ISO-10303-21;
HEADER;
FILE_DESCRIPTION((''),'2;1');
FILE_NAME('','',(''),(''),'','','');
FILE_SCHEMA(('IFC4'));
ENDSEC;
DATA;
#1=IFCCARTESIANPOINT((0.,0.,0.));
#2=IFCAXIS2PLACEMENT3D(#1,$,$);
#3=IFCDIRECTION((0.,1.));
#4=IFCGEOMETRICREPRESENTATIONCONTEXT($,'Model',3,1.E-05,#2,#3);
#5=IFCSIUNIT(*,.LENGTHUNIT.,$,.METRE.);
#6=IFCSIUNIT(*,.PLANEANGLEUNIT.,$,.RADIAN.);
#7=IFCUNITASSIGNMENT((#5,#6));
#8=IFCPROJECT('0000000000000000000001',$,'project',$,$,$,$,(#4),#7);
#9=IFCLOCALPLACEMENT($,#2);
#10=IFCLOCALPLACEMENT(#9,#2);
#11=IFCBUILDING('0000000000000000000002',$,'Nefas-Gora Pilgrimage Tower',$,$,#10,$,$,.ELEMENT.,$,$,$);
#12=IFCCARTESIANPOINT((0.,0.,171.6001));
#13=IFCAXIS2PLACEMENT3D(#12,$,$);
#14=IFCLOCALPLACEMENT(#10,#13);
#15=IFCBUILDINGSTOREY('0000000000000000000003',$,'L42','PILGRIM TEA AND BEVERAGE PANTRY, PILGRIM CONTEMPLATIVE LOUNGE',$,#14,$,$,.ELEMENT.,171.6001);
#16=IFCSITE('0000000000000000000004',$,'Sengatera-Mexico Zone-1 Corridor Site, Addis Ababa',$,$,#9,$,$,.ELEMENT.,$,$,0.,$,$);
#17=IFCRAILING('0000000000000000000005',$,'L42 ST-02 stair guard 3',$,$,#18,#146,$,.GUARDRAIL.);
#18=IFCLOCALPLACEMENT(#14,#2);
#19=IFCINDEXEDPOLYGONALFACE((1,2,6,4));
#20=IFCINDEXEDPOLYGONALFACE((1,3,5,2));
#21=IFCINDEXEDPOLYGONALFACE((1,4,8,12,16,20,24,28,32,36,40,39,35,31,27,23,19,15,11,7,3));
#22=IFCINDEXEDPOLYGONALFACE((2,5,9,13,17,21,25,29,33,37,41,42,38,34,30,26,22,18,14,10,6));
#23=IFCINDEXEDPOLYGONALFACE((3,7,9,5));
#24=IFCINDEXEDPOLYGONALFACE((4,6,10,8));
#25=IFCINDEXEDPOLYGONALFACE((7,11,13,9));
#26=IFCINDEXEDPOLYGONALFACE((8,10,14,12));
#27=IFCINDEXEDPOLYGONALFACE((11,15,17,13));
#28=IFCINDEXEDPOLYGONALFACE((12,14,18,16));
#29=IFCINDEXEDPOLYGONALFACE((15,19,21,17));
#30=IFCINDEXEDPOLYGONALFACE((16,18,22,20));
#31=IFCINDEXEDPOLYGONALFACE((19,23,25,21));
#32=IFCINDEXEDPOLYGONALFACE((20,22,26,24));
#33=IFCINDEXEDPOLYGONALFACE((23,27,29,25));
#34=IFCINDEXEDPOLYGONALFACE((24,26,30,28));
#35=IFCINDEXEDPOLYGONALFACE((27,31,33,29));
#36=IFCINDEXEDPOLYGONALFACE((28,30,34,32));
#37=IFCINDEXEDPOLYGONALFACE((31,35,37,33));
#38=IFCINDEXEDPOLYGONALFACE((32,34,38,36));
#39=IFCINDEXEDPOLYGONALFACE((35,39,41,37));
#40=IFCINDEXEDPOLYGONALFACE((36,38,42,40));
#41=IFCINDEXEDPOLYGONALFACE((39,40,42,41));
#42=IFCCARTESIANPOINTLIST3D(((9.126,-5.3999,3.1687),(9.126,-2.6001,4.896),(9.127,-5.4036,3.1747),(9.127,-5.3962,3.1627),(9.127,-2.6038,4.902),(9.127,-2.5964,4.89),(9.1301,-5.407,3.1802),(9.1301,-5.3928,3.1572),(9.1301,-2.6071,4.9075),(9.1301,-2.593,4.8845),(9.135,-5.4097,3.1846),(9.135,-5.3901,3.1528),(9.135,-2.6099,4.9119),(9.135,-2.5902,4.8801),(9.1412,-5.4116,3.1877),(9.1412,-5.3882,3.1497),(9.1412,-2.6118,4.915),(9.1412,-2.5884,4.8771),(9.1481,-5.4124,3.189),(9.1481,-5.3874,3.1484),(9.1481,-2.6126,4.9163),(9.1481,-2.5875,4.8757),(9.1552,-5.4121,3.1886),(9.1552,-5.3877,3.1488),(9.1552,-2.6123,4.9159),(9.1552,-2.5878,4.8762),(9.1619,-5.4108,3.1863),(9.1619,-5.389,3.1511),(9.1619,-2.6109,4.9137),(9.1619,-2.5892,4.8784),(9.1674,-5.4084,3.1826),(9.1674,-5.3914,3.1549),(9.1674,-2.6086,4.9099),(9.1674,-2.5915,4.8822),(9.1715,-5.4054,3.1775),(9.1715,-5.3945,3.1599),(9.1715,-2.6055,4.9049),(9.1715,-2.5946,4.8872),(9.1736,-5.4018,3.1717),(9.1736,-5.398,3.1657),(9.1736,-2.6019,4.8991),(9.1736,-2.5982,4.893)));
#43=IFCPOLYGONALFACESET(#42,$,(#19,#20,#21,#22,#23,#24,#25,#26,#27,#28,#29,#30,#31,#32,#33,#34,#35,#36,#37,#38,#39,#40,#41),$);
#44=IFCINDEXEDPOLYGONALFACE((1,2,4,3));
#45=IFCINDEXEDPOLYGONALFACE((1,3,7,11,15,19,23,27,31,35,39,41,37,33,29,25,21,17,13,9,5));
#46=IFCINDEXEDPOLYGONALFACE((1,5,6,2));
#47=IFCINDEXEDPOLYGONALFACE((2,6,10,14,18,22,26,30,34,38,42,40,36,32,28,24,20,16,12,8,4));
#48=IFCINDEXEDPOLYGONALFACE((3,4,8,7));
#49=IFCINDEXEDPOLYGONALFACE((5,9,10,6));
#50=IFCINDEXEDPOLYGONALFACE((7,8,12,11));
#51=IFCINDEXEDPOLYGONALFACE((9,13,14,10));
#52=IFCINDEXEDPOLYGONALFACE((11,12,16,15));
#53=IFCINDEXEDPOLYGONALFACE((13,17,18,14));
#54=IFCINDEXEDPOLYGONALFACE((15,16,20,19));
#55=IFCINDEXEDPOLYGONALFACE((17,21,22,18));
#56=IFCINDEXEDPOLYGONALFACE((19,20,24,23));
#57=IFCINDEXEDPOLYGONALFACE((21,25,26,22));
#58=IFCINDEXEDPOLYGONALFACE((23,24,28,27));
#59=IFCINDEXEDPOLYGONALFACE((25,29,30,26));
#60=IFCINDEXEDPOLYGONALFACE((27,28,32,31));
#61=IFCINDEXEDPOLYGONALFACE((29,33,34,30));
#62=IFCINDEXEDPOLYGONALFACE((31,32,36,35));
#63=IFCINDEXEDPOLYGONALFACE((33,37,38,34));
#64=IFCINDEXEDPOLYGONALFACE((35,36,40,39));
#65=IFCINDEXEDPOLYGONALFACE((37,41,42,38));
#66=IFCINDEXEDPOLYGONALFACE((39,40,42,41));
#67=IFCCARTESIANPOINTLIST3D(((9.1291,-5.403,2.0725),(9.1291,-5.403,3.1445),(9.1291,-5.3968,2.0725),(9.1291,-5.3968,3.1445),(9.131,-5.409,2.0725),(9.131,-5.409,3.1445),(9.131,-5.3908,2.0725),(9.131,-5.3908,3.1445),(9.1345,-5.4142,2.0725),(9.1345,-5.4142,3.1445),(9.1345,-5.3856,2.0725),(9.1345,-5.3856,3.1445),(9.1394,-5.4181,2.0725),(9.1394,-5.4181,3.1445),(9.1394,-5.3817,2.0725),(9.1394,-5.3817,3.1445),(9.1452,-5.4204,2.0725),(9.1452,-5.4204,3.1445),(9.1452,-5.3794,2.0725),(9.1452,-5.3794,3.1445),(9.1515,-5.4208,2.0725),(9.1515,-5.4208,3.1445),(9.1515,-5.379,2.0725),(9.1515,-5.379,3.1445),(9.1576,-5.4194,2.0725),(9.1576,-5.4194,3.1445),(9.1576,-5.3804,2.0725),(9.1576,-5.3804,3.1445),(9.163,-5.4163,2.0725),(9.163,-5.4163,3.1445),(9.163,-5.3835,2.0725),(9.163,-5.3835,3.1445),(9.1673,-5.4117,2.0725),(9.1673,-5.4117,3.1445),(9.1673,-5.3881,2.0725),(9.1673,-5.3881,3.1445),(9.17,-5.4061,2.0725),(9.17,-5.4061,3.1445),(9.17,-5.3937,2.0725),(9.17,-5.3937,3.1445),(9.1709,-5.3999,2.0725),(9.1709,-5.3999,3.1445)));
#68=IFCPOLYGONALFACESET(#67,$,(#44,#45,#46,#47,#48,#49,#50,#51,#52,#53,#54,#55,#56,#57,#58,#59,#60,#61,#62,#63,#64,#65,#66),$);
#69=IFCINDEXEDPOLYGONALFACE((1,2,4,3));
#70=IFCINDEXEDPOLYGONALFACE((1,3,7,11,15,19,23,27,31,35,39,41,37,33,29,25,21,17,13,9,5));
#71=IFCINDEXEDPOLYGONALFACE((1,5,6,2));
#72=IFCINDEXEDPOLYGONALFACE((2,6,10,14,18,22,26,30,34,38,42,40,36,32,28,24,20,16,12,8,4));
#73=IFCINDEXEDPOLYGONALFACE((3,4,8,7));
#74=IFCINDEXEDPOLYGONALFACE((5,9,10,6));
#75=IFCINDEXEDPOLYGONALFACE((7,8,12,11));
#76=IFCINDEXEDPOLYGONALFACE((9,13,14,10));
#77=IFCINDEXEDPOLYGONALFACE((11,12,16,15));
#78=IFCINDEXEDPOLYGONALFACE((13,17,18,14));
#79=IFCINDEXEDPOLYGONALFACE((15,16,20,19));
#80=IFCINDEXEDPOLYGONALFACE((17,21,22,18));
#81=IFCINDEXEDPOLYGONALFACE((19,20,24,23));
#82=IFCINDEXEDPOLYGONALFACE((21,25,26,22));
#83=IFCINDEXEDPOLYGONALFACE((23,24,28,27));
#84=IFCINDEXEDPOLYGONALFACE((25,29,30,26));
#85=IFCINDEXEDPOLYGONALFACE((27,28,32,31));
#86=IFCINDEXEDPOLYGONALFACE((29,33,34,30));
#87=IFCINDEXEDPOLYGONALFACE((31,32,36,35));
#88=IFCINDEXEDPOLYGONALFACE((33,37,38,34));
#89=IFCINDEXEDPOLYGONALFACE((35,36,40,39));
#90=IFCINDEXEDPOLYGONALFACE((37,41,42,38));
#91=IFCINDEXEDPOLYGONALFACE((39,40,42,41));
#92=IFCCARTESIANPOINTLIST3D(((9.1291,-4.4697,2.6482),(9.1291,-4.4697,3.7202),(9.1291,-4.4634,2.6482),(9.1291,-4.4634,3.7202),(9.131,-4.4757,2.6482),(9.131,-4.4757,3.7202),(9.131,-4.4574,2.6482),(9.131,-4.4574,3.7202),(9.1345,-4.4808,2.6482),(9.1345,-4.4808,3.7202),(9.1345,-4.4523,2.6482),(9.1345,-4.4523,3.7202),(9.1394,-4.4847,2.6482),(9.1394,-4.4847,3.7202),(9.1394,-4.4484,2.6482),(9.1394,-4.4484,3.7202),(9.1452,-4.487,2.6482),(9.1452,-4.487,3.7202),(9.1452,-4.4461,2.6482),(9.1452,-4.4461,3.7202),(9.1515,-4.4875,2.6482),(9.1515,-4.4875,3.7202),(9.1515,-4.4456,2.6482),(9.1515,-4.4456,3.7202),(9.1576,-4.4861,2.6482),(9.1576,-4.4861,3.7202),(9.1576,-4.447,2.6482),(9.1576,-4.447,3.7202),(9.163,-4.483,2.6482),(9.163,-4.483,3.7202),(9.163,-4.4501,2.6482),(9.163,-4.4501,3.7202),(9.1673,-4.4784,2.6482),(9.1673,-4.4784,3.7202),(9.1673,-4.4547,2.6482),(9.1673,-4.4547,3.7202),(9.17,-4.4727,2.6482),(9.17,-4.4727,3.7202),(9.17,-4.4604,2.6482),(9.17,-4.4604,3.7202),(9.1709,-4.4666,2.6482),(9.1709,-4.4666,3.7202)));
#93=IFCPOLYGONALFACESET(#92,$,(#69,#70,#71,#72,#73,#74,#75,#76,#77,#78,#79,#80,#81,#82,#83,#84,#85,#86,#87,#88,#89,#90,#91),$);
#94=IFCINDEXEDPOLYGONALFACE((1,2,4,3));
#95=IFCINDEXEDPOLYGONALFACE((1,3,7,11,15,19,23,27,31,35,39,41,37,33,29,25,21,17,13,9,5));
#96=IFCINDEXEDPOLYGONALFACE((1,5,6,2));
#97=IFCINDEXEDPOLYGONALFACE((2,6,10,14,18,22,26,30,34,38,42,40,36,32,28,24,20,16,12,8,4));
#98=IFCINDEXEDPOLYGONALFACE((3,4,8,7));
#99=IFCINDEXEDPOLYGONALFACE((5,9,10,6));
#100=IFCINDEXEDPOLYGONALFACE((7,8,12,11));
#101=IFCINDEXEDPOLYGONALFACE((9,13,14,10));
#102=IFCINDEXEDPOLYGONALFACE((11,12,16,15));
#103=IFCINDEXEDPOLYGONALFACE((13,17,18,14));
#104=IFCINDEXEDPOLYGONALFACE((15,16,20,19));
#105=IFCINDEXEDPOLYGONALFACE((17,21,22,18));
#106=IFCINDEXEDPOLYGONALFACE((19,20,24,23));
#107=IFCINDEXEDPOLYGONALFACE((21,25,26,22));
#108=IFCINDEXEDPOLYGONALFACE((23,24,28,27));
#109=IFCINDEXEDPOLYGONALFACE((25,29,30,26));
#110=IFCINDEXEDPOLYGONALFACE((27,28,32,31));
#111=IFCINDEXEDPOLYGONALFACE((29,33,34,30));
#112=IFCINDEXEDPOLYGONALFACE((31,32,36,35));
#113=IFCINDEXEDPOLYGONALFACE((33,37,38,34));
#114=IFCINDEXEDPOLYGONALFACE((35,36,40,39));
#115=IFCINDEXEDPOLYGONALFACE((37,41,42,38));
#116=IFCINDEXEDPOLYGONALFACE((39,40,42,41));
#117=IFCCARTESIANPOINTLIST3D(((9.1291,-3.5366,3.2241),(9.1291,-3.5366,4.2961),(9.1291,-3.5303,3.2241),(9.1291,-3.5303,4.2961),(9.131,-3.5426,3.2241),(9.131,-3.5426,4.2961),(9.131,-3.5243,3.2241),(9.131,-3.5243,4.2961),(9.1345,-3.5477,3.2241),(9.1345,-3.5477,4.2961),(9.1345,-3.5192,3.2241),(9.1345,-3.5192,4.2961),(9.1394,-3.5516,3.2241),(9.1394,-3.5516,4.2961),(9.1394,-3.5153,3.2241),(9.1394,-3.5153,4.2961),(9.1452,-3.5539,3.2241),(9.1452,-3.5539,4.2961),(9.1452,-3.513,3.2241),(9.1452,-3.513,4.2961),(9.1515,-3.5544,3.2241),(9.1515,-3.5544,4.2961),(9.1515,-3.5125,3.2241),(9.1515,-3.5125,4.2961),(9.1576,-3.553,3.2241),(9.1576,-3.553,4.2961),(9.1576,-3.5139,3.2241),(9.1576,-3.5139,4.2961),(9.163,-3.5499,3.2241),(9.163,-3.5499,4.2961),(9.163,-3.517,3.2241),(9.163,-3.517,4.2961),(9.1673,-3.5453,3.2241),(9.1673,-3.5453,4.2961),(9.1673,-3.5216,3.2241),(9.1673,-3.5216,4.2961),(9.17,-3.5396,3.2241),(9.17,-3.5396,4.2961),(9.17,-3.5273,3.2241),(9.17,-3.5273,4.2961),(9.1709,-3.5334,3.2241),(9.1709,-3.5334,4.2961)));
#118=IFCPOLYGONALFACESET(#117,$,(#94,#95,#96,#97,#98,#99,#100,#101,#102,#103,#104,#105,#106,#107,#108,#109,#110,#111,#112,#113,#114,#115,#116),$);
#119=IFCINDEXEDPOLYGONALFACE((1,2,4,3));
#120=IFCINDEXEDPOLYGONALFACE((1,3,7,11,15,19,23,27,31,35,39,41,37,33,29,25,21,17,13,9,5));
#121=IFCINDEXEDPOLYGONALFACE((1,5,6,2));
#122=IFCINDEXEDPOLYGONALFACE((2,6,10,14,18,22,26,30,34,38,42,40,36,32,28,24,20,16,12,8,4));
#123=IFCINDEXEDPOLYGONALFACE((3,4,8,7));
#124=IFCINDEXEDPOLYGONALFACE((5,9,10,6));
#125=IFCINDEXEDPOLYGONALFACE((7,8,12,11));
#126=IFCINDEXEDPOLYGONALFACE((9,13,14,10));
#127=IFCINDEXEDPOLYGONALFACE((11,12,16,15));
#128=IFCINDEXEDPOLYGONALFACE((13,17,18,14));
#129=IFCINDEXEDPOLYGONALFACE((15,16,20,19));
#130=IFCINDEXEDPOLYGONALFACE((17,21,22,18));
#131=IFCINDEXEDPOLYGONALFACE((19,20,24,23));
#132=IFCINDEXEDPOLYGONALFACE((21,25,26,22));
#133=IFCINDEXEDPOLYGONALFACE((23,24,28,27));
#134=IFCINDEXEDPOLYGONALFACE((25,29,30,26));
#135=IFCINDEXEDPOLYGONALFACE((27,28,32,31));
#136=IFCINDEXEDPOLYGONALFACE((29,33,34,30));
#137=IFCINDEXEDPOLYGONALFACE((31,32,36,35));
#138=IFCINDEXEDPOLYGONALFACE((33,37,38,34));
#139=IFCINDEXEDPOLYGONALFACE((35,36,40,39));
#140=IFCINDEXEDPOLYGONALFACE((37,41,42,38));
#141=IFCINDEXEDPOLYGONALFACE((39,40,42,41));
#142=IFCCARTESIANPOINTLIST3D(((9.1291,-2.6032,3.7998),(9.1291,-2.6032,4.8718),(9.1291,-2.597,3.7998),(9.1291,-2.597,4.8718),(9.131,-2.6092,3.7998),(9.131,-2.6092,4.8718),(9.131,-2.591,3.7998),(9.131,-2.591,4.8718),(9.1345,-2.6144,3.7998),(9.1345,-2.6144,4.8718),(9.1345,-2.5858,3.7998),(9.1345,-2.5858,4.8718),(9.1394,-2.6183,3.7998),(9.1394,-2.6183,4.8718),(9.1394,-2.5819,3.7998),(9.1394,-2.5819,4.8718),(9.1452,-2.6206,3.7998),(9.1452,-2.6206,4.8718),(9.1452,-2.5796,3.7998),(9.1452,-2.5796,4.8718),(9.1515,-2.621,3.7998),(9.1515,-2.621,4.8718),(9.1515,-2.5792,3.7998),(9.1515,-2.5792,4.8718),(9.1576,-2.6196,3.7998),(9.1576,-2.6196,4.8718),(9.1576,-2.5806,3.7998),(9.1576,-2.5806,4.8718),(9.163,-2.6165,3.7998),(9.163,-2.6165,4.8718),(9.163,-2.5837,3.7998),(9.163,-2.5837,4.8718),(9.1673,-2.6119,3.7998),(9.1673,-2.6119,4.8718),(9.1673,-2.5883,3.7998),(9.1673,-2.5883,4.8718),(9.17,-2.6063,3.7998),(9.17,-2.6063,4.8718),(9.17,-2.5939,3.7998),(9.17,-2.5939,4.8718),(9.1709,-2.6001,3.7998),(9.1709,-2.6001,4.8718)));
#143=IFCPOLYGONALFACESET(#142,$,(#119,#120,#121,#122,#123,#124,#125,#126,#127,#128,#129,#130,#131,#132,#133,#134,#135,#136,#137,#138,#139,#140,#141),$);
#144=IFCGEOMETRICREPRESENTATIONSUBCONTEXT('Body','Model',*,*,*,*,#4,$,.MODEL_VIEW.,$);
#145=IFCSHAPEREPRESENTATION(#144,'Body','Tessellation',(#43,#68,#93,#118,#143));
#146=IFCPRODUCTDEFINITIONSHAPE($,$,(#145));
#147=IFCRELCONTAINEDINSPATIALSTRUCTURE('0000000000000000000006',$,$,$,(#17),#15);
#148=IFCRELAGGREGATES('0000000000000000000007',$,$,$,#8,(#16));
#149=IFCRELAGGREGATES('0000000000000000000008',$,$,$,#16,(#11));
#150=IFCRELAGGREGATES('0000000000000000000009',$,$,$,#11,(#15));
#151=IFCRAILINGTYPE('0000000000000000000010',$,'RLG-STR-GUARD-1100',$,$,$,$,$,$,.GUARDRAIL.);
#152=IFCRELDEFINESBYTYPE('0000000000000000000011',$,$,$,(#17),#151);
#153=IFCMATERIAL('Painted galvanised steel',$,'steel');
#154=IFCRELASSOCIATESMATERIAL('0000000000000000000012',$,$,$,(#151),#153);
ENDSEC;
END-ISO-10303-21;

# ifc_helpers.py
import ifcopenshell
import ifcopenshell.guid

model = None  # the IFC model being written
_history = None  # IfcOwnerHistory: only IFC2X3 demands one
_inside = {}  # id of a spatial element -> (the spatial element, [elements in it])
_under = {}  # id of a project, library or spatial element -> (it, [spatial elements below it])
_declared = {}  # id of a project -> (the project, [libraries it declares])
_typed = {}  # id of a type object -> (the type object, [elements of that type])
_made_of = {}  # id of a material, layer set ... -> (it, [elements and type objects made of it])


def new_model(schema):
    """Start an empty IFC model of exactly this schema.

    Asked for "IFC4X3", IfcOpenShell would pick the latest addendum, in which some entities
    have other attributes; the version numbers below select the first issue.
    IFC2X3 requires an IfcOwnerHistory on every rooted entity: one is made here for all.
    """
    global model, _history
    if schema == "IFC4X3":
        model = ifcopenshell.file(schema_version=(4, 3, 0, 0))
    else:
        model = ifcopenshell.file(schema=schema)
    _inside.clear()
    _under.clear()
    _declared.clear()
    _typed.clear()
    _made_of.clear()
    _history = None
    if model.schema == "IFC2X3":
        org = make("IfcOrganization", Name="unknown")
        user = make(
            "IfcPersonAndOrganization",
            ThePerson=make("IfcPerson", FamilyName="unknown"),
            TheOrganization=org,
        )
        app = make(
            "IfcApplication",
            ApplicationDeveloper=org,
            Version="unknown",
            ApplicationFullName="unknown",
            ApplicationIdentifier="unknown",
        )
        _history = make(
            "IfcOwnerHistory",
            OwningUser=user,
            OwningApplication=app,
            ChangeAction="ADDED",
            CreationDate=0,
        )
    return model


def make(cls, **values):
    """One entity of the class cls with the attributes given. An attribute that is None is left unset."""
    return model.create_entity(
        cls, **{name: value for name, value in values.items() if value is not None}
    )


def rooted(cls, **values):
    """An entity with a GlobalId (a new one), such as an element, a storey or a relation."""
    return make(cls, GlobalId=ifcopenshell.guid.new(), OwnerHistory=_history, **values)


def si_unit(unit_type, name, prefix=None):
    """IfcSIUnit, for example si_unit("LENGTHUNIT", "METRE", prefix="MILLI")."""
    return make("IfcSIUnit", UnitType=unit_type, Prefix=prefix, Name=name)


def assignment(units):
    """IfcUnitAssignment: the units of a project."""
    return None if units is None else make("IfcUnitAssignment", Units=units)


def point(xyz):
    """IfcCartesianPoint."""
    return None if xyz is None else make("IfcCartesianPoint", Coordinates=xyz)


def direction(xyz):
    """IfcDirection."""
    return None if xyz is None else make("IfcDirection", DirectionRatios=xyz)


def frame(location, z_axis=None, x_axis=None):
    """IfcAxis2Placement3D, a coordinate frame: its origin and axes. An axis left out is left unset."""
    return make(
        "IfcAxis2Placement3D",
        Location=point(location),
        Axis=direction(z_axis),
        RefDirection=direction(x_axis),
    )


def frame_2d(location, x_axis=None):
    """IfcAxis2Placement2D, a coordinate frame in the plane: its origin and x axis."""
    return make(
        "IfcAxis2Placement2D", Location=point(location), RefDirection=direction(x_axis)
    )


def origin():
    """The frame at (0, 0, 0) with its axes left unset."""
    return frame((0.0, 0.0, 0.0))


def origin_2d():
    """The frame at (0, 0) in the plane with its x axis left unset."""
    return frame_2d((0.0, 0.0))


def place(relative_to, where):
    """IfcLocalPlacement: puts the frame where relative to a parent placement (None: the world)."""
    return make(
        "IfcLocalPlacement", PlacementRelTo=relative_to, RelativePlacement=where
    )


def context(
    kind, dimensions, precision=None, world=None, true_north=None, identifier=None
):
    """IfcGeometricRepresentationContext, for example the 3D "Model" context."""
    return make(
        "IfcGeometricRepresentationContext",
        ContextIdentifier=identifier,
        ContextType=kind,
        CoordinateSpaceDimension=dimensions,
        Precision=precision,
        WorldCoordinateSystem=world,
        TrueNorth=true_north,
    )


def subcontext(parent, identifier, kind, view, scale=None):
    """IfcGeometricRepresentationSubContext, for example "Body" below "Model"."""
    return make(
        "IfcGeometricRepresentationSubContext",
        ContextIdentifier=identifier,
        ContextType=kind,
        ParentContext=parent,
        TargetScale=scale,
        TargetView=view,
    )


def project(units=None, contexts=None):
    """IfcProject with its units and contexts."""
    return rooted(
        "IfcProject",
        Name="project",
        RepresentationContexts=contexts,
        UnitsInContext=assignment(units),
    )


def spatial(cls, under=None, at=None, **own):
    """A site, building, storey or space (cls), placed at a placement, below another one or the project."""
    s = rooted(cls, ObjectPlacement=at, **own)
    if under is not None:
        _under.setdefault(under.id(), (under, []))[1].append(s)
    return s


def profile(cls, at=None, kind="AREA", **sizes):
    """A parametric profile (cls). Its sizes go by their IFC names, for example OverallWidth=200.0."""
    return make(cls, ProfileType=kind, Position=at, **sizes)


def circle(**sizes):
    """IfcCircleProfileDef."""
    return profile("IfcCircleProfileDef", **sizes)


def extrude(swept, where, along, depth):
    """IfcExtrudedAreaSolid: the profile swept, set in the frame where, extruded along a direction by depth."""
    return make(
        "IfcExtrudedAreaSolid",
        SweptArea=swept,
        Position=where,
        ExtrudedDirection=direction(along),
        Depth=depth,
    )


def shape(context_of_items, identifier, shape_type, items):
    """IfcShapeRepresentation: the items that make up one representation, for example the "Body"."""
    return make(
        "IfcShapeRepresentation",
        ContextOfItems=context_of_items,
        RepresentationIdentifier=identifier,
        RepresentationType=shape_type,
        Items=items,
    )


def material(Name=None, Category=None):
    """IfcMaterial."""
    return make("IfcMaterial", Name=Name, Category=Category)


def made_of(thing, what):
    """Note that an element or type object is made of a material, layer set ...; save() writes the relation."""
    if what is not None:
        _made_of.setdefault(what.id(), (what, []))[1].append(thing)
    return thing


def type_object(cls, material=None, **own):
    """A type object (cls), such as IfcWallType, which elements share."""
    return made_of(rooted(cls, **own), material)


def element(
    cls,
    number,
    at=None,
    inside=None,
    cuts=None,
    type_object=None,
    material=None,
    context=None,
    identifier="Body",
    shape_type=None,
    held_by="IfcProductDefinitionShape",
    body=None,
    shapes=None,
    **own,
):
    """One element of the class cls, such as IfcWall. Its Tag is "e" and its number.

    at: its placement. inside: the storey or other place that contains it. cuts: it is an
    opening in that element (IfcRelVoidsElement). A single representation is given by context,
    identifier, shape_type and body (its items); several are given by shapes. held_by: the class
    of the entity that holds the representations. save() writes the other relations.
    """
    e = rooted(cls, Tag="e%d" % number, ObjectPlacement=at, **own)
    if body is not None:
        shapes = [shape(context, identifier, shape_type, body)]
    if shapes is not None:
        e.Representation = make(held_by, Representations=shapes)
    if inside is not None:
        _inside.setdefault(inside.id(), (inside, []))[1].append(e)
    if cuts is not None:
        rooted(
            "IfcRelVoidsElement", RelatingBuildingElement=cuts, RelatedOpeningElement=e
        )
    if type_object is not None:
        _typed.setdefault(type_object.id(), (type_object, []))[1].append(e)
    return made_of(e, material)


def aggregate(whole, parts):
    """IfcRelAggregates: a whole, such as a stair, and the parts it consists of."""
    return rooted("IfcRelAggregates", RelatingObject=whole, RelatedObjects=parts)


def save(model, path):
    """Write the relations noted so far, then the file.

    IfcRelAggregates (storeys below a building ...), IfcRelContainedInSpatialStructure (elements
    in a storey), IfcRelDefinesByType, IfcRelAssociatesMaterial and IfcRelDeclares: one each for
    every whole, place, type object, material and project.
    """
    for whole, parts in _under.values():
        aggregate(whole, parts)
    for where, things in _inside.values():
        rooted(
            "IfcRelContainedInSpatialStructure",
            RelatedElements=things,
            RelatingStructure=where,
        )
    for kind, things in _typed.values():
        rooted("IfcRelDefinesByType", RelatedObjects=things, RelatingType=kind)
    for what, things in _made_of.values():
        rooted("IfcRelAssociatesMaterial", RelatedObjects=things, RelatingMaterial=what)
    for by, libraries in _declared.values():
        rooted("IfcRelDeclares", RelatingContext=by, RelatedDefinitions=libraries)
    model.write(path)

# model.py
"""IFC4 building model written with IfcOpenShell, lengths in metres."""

from ifc_helpers import new_model, si_unit, direction, frame, origin, origin_2d, place, context, subcontext, project, spatial, circle, extrude, material, type_object, element, save


model = new_model("IFC4")

# Units and contexts
model_context = context("Model", 3, precision=1e-05, world=origin(), true_north=direction((0.0, 1.0)))
body_context = subcontext(model_context, "Body", "Model", "MODEL_VIEW")
ifc_project = project(units=[si_unit("LENGTHUNIT", "METRE"), si_unit("PLANEANGLEUNIT", "RADIAN")], contexts=[model_context])

# Site, building, storey
site_placement = place(None, origin())
site = spatial("IfcSite", under=ifc_project, at=site_placement, Name="Sengatera-Mexico Zone-1 Corridor Site, Addis Ababa", CompositionType="ELEMENT", RefElevation=0.0)
building_placement = place(site_placement, origin())
building = spatial("IfcBuilding", under=site, at=building_placement, Name="Nefas-Gora Pilgrimage Tower", CompositionType="ELEMENT")
storey_placement = place(building_placement, frame((0.0, 0.0, 171.6001)))
storey = spatial("IfcBuildingStorey", under=building, at=storey_placement, Name="L42", Description="PILGRIM TEA AND BEVERAGE PANTRY, PILGRIM CONTEMPLATIVE LOUNGE", CompositionType="ELEMENT", Elevation=171.6001)

# Railing
ifc_material_1 = material(Name="Painted galvanised steel", Category="steel")
railing_type_1 = type_object("IfcRailingType", Name="RLG-STR-GUARD-1100", PredefinedType="GUARDRAIL", material=ifc_material_1)
railing_1_placement = place(storey_placement, frame((9.1499, -5.3999, 2.0725)))
element("IfcRailing", 1, at=railing_1_placement, inside=storey, type_object=railing_type_1, Name="L42 ST-02 stair guard 3", PredefinedType="GUARDRAIL", context=body_context, shape_type="SweptSolid", body=[
    extrude(circle(Radius=0.0239, at=origin_2d()), frame((0.0, 0.0, 1.0962), z_axis=(0.0, 0.851069, 0.525054), x_axis=(-1.0, 0.0, 0.0)), (0.0, 0.0, 1.0), 3.2898),
    extrude(circle(Radius=0.021, at=origin_2d()), origin(), (0.0, 0.0, 1.0), 1.072),
    extrude(circle(Radius=0.021, at=origin_2d()), frame((0.0, 0.9333, 0.5757)), (0.0, 0.0, 1.0), 1.072),
    extrude(circle(Radius=0.021, at=origin_2d()), frame((0.0, 1.8665, 1.1516)), (0.0, 0.0, 1.0), 1.072),
    extrude(circle(Radius=0.021, at=origin_2d()), frame((0.0, 2.7998, 1.7273)), (0.0, 0.0, 1.0), 1.072),
])

save(model, "model.ifc")
